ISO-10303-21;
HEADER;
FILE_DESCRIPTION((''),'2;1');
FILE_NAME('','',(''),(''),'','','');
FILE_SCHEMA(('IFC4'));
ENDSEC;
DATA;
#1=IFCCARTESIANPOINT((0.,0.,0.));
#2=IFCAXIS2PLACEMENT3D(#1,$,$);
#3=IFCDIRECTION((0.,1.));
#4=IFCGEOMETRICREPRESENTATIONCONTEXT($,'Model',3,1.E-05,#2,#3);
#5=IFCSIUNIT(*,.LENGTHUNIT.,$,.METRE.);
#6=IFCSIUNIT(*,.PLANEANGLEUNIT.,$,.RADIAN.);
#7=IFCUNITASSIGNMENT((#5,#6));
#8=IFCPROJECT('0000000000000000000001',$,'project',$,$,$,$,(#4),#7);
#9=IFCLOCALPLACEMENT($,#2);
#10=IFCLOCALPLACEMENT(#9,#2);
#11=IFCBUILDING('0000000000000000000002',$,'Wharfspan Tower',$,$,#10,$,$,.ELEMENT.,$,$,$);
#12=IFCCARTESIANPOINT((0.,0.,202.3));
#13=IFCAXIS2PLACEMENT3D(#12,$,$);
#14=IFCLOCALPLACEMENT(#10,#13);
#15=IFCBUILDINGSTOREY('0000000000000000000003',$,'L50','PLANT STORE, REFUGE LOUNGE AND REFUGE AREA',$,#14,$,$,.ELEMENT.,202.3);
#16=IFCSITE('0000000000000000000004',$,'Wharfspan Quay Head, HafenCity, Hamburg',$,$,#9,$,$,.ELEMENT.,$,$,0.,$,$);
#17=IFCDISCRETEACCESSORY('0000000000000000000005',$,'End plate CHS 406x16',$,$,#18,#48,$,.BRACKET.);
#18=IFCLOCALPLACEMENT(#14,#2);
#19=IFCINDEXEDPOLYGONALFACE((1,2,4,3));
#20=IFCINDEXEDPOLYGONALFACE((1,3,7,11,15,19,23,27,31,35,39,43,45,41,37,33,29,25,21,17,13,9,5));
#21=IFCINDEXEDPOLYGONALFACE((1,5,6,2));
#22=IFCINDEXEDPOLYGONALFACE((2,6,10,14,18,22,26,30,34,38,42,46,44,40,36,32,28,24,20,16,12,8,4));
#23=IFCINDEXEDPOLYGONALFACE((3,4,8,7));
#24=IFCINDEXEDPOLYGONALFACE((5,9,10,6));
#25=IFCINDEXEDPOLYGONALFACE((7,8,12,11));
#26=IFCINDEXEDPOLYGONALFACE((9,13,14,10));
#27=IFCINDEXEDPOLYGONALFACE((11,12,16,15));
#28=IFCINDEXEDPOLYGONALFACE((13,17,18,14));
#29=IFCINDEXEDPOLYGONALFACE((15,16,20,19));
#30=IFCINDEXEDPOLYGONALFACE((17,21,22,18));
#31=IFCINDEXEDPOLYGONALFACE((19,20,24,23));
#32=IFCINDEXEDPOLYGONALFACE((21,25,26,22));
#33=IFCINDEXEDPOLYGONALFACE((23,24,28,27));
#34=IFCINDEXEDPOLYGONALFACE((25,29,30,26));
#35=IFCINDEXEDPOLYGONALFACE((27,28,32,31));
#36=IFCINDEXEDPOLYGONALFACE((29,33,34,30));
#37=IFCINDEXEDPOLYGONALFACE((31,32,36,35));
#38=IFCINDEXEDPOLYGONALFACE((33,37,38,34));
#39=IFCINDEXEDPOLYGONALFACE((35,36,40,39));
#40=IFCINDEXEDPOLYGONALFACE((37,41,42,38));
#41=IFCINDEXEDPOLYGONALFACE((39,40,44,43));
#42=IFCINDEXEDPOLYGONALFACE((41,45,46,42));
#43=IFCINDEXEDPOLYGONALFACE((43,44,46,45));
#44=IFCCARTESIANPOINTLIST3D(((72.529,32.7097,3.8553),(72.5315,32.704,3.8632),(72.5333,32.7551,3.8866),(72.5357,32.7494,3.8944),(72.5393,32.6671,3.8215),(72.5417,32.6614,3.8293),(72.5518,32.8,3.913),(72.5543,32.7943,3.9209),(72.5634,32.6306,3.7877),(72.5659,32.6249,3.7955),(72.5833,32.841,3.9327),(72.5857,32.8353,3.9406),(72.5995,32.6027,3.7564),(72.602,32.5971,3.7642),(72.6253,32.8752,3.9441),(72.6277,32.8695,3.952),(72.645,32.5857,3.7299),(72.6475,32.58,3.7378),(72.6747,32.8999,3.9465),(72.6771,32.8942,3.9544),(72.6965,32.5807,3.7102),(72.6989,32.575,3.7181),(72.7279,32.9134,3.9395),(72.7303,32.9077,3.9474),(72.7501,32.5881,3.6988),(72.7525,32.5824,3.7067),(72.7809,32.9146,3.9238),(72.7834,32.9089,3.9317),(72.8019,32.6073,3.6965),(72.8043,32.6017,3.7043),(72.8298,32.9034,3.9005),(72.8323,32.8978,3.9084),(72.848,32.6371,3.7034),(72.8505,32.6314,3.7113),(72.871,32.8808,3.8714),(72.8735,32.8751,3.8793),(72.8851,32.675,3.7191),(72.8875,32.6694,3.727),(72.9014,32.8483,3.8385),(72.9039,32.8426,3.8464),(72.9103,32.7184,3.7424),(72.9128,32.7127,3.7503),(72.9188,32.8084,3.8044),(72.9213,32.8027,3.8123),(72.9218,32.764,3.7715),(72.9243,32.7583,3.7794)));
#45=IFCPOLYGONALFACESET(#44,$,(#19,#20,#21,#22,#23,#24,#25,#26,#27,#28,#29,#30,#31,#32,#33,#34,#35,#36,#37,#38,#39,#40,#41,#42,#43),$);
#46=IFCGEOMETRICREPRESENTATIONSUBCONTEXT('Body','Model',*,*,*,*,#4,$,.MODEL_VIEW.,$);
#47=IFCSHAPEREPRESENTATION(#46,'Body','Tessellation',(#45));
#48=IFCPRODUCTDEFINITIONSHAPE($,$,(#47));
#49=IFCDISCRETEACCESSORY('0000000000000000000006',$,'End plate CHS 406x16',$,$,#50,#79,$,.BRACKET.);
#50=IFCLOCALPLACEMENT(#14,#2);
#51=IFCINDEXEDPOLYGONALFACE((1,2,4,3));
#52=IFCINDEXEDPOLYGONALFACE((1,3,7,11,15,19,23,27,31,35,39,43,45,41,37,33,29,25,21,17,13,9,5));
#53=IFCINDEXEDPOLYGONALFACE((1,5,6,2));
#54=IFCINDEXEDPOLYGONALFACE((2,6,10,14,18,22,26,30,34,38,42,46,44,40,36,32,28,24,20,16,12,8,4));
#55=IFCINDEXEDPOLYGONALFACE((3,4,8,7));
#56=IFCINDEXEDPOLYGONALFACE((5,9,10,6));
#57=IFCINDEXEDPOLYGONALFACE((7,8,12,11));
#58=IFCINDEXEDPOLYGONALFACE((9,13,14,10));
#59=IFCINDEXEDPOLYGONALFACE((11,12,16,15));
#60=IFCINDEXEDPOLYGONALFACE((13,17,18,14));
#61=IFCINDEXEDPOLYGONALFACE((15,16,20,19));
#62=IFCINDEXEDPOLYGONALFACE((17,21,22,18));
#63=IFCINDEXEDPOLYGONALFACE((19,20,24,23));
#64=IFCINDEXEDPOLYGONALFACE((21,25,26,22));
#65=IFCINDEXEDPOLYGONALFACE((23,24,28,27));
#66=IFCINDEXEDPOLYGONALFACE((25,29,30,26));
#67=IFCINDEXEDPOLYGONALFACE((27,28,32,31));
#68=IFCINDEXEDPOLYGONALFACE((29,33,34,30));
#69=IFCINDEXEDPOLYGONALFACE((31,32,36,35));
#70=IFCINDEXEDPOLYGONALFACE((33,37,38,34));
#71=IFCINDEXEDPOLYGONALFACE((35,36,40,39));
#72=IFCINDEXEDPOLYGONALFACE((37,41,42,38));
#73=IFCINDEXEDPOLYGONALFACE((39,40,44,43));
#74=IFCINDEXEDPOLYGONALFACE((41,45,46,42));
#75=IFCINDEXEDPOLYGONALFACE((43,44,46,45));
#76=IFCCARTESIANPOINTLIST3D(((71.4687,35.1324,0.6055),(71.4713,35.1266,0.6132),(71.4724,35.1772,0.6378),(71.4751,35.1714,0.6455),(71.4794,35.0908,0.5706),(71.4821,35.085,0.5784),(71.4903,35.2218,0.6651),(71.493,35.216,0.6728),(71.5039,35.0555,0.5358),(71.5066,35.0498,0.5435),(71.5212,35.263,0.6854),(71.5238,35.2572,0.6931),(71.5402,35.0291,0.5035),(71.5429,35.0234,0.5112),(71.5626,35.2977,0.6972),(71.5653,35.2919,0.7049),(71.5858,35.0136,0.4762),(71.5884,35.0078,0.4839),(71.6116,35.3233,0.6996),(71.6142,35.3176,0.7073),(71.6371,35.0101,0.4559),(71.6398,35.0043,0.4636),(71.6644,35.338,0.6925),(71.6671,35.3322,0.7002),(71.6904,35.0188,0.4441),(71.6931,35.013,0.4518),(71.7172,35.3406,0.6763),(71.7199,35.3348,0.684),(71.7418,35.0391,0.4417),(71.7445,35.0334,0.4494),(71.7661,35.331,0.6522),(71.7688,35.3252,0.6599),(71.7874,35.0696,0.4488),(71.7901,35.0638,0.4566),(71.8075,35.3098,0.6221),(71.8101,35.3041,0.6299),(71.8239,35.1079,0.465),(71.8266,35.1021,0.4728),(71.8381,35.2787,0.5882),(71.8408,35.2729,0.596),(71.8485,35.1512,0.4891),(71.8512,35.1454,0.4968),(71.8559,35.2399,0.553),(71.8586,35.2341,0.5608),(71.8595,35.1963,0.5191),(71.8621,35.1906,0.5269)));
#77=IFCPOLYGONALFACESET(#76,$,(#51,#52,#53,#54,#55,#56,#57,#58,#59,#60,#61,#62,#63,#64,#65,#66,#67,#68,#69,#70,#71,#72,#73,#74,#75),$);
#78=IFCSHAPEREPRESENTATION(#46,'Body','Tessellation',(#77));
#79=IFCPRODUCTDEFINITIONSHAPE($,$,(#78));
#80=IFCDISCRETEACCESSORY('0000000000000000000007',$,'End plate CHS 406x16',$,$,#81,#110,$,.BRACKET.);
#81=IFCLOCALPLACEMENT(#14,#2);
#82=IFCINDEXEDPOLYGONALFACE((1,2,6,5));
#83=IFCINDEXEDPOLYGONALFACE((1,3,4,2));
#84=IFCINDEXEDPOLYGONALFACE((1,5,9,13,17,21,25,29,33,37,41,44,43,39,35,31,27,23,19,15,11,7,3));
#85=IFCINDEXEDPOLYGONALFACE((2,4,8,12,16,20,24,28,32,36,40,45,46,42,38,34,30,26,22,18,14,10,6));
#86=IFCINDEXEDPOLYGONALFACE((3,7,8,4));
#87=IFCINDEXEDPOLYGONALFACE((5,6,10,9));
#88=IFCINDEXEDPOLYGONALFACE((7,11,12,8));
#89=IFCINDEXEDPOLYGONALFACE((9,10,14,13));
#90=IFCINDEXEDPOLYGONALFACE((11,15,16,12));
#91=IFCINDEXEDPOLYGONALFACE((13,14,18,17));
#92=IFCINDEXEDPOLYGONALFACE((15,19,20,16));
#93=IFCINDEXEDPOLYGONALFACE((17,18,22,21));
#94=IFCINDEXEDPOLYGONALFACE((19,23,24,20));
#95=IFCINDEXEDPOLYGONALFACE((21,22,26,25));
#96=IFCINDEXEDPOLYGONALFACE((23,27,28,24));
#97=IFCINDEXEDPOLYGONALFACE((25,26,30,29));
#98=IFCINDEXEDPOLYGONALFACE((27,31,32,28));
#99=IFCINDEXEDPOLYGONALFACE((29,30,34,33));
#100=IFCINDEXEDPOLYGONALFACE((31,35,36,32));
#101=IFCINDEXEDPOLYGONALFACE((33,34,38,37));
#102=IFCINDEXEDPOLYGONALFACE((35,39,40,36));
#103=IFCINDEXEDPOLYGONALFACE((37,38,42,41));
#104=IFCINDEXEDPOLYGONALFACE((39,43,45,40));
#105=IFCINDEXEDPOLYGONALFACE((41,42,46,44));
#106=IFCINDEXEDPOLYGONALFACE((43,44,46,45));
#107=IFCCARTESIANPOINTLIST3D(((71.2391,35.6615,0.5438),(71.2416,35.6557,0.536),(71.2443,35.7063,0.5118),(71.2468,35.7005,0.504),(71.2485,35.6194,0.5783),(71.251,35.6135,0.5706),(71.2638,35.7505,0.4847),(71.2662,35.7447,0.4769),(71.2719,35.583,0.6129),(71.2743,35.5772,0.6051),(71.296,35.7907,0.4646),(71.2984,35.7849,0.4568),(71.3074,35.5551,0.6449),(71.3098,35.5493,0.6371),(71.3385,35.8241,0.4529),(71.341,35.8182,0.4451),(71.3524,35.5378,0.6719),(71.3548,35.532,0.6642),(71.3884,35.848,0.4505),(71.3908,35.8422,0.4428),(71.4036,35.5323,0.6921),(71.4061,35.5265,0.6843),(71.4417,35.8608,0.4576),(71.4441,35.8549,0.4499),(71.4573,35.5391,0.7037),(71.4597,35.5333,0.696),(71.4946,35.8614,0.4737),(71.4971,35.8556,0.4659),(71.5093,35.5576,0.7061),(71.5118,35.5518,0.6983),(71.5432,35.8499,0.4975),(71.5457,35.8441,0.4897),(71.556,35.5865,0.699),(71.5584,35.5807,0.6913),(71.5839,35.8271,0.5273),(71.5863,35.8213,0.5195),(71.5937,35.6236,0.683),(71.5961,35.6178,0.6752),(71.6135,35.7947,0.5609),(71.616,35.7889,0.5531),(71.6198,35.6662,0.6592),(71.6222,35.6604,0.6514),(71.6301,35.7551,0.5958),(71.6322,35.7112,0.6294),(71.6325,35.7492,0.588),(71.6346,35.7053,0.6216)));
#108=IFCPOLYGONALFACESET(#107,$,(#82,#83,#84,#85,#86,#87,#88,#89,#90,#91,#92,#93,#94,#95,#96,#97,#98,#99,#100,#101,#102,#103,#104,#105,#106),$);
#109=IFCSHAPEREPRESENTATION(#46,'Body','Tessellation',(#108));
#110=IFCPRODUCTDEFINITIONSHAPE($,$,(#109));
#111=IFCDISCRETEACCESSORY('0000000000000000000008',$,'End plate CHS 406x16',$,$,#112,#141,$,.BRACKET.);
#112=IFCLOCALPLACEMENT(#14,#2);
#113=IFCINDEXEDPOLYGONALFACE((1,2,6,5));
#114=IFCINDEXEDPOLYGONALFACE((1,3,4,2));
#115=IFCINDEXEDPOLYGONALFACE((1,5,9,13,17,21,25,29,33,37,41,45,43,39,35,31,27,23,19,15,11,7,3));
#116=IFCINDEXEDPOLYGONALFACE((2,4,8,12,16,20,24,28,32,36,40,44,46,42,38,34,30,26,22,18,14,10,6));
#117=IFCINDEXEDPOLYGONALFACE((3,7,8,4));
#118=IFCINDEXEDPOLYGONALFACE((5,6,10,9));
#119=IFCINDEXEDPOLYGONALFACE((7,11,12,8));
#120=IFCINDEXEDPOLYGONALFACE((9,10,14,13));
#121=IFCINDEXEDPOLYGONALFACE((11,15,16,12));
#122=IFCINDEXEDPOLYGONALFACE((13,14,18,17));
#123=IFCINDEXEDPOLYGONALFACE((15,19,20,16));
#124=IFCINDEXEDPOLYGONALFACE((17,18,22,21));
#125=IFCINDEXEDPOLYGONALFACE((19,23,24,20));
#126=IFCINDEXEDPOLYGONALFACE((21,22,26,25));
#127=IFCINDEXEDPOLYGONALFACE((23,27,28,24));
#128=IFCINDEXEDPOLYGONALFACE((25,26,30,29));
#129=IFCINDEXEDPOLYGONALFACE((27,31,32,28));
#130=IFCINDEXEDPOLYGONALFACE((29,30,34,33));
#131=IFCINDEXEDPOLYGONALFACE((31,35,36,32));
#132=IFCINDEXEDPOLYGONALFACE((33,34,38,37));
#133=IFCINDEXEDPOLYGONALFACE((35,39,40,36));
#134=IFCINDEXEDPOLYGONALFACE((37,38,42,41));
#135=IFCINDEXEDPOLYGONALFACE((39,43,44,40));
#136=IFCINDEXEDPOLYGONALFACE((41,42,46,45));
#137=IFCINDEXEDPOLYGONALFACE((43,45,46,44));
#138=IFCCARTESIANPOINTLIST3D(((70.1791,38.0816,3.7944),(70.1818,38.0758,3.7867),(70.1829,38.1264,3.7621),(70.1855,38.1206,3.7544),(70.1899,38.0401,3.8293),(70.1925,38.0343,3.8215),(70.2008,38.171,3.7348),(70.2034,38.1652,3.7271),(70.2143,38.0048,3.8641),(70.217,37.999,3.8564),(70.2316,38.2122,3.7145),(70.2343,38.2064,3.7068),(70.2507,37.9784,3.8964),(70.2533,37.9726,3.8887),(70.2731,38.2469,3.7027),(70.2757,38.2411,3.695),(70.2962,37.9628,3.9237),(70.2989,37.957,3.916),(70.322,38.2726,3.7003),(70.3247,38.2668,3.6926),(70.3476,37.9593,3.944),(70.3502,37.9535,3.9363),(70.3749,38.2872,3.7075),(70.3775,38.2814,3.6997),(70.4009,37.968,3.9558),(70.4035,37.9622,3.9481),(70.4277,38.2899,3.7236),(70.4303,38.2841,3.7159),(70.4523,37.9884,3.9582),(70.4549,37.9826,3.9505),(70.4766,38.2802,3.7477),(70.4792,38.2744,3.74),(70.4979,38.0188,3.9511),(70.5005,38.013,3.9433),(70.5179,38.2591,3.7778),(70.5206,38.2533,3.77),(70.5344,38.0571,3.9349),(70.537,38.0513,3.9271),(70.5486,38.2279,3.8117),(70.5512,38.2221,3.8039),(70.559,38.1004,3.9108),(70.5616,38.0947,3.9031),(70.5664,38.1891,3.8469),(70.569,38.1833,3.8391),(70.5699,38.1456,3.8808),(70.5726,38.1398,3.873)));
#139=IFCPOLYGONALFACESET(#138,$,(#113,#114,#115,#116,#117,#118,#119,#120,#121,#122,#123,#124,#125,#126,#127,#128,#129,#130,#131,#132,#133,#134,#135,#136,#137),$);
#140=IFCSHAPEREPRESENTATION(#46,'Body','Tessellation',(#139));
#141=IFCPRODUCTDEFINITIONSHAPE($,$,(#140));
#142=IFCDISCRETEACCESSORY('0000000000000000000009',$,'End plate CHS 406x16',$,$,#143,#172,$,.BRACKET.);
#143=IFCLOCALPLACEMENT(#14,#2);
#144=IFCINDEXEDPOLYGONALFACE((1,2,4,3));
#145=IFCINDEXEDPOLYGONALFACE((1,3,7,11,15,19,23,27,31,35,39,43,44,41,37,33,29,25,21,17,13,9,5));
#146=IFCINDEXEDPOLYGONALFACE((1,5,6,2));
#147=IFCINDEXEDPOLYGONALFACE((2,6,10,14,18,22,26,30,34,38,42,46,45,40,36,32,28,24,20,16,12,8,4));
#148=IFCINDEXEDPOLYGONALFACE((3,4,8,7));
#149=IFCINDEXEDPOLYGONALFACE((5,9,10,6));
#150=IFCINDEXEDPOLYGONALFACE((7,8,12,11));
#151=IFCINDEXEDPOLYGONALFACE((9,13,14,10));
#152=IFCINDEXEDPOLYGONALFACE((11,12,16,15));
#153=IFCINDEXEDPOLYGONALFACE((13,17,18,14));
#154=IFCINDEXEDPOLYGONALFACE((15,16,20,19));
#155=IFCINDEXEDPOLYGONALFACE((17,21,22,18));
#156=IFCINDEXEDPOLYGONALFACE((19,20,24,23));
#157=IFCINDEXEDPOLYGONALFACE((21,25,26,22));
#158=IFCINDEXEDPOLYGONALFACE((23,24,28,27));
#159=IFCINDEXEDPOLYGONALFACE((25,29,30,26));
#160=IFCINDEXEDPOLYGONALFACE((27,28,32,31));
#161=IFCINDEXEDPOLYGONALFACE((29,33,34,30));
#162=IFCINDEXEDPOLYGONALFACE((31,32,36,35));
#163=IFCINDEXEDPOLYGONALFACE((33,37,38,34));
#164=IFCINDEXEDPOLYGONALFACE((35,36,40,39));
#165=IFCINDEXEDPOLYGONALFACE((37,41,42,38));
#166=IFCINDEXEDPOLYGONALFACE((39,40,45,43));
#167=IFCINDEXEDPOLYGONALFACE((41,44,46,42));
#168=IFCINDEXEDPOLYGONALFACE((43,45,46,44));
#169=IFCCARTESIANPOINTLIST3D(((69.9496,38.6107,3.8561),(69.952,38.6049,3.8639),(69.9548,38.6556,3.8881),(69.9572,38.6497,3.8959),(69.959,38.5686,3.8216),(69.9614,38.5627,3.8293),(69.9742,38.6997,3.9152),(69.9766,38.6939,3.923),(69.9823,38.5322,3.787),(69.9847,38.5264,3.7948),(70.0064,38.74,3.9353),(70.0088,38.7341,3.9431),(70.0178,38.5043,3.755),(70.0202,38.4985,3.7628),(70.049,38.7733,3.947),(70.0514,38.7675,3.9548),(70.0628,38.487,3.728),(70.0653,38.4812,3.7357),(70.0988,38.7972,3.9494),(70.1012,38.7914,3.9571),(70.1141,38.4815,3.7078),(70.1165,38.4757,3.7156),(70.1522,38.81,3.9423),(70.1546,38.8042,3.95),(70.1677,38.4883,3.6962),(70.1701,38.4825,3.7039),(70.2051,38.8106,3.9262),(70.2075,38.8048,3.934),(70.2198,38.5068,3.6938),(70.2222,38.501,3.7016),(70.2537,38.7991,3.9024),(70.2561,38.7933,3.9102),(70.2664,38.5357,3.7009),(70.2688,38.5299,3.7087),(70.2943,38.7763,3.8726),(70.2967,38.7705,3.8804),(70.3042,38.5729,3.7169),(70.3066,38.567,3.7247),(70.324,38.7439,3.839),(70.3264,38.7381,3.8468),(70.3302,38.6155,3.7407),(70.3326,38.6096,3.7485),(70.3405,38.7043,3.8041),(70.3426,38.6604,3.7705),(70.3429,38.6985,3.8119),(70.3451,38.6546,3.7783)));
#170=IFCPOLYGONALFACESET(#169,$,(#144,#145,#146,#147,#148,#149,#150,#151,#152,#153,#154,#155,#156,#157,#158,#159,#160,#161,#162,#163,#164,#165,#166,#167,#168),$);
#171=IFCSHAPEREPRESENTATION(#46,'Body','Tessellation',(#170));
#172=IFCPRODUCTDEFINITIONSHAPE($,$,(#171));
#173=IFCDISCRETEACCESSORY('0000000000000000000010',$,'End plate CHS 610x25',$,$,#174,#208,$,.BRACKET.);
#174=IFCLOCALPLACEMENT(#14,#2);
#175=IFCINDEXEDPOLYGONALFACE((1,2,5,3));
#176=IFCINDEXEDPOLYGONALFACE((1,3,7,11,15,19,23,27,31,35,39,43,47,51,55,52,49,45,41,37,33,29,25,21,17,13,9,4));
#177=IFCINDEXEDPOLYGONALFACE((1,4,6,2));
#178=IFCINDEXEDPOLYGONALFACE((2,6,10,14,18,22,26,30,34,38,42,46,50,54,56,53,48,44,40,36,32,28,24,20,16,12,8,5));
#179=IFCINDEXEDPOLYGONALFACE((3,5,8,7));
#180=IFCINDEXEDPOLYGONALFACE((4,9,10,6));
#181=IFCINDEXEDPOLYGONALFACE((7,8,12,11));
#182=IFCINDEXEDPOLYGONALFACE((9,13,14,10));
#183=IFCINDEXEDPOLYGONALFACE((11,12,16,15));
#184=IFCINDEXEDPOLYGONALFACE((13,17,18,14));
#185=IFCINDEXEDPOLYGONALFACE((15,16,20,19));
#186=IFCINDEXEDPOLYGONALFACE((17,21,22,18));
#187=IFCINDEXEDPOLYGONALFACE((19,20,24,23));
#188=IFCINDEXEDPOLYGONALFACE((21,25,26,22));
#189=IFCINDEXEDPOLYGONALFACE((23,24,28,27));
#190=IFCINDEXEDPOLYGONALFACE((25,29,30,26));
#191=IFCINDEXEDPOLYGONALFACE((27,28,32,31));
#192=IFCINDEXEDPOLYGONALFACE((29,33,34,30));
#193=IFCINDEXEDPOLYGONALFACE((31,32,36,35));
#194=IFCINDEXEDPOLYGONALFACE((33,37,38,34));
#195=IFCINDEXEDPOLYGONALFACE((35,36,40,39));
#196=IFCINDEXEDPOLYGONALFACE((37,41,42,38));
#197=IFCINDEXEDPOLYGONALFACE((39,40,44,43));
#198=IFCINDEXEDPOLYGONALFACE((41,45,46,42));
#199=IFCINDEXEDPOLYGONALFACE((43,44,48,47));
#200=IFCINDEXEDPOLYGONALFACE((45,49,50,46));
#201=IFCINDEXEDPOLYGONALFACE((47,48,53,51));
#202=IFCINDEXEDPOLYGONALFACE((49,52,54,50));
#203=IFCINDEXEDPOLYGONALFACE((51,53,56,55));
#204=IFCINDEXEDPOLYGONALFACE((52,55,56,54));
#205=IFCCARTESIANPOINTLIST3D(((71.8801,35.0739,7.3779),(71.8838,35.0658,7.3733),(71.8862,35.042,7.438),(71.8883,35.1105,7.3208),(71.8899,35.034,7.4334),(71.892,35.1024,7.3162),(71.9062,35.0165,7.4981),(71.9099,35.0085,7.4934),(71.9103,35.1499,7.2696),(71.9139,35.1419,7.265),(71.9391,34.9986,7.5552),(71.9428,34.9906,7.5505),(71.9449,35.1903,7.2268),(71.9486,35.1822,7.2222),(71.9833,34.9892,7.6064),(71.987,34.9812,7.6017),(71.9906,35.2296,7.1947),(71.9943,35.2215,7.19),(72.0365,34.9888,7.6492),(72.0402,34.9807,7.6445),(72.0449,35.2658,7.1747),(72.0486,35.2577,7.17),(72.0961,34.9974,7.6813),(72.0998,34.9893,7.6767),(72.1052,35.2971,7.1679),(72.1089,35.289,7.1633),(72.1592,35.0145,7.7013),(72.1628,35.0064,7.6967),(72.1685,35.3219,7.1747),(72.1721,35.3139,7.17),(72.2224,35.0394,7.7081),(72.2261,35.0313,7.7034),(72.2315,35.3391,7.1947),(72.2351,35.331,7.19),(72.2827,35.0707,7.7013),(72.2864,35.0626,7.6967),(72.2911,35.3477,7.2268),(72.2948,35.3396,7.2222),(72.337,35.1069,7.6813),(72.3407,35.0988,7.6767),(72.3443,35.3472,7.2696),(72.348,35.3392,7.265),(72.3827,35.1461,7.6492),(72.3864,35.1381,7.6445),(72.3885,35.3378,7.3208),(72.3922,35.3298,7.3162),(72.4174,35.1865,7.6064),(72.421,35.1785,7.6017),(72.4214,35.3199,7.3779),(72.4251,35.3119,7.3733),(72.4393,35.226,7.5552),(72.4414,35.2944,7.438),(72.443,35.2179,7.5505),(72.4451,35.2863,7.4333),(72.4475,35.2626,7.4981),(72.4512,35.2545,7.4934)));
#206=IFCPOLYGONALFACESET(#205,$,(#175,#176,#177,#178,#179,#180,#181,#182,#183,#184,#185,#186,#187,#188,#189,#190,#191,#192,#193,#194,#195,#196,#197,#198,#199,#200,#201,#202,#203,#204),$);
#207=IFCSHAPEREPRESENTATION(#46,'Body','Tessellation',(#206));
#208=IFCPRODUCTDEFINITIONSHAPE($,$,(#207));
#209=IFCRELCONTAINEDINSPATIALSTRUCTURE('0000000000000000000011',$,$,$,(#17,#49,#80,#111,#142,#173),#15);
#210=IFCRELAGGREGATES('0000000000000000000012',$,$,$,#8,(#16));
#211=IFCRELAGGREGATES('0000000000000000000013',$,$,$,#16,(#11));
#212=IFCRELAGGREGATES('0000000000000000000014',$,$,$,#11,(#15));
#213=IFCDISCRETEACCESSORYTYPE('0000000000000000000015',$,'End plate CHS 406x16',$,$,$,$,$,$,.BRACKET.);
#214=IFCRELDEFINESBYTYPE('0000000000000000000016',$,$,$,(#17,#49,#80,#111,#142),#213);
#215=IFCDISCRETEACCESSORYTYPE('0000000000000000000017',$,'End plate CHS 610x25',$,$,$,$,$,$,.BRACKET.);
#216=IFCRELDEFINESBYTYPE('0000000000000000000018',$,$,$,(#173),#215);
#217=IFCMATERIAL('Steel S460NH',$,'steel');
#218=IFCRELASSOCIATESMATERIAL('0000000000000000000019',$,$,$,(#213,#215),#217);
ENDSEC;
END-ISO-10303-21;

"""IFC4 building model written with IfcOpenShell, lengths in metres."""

from ifc_helpers import new_model, si_unit, direction, frame, origin, origin_2d, place, context, subcontext, project, spatial, circle, extrude, material, material_profile, profile_set, type_object, element, save


model = new_model("IFC4")

# Units and contexts
model_context = context("Model", 3, precision=1e-05, world=origin(), true_north=direction((0.0, 1.0)))
body_context = subcontext(model_context, "Body", "Model", "MODEL_VIEW")
ifc_project = project(units=[si_unit("LENGTHUNIT", "METRE"), si_unit("PLANEANGLEUNIT", "RADIAN")], contexts=[model_context])

# Site, building, storey
site_placement = place(None, origin())
site = spatial("IfcSite", under=ifc_project, at=site_placement, Name="Wharfspan Quay Head, HafenCity, Hamburg", CompositionType="ELEMENT", RefElevation=0.0)
building_placement = place(site_placement, origin())
building = spatial("IfcBuilding", under=site, at=building_placement, Name="Wharfspan Tower", CompositionType="ELEMENT")
storey_placement = place(building_placement, frame((0.0, 0.0, 202.3)))
storey = spatial("IfcBuildingStorey", under=building, at=storey_placement, Name="L50", Description="PLANT STORE, REFUGE LOUNGE AND REFUGE AREA", CompositionType="ELEMENT", Elevation=202.3)

# Shared definitions
ifc_material_1 = material(Name="Steel S460NH", Category="steel")

# Discrete accessories
ifc_material_profile_1 = material_profile(ifc_material_1, circle(Radius=0.2031, at=origin_2d()))
ifc_profile_set_1 = profile_set([ifc_material_profile_1], Name="Steel S460NH")
discrete_accessory_type_1 = type_object("IfcDiscreteAccessoryType", Name="End plate CHS 406x16", PredefinedType="BRACKET", material=ifc_profile_set_1)
for number, where, z_axis, x_axis, name in (
    (1, (72.728, 32.7424, 3.8293), (-0.245959, 0.565707, -0.78707), (-0.917071, -0.398727, -0.000001), "End plate CHS 406x16"),
    (2, (71.6667, 35.1697, 0.5784), (-0.265156, 0.578523, -0.771364), (-0.909066, -0.416656, -0.000001), "End plate CHS 406x16"),
    (3, (71.4385, 35.6917, 0.5706), (-0.242536, 0.582086, 0.776114), (-0.923073, -0.384614, 0.0), "End plate CHS 406x16"),
    (4, (70.3772, 38.1189, 3.8215), (-0.265156, 0.578523, 0.771364), (-0.909066, -0.416656, 0.000001), "End plate CHS 406x16"),
    (5, (70.1489, 38.6409, 3.8293), (-0.242536, 0.582086, -0.776114), (-0.923073, -0.384614, 0.0), "End plate CHS 406x16"),
):
    element("IfcDiscreteAccessory", number, at=place(storey_placement, frame(where, z_axis=z_axis, x_axis=x_axis)), inside=storey, type_object=discrete_accessory_type_1, Name=name, PredefinedType="BRACKET", context=body_context, shape_type="SweptSolid", body=[
        extrude(circle(Radius=0.2031, at=origin_2d()), origin(), (0.0, 0.0, 1.0), 0.01),
    ])
ifc_material_profile_2 = material_profile(ifc_material_1, circle(Radius=0.3049, at=origin_2d()))
ifc_profile_set_2 = profile_set([ifc_material_profile_2], Name="Steel S460NH")
discrete_accessory_type_2 = type_object("IfcDiscreteAccessoryType", Name="End plate CHS 610x25", PredefinedType="BRACKET", material=ifc_profile_set_2)
for number, where, z_axis, x_axis, name in (
    (6, (72.1675, 35.1602, 7.4333), (-0.366508, 0.806318, 0.464244), (-0.910368, -0.413804, 0.000001), "End plate CHS 610x25"),
):
    element("IfcDiscreteAccessory", number, at=place(storey_placement, frame(where, z_axis=z_axis, x_axis=x_axis)), inside=storey, type_object=discrete_accessory_type_2, Name=name, PredefinedType="BRACKET", context=body_context, shape_type="SweptSolid", body=[
        extrude(circle(Radius=0.3049, at=origin_2d()), origin(), (0.0, 0.0, 1.0), 0.01),
    ])

save(model, "model.ifc")
